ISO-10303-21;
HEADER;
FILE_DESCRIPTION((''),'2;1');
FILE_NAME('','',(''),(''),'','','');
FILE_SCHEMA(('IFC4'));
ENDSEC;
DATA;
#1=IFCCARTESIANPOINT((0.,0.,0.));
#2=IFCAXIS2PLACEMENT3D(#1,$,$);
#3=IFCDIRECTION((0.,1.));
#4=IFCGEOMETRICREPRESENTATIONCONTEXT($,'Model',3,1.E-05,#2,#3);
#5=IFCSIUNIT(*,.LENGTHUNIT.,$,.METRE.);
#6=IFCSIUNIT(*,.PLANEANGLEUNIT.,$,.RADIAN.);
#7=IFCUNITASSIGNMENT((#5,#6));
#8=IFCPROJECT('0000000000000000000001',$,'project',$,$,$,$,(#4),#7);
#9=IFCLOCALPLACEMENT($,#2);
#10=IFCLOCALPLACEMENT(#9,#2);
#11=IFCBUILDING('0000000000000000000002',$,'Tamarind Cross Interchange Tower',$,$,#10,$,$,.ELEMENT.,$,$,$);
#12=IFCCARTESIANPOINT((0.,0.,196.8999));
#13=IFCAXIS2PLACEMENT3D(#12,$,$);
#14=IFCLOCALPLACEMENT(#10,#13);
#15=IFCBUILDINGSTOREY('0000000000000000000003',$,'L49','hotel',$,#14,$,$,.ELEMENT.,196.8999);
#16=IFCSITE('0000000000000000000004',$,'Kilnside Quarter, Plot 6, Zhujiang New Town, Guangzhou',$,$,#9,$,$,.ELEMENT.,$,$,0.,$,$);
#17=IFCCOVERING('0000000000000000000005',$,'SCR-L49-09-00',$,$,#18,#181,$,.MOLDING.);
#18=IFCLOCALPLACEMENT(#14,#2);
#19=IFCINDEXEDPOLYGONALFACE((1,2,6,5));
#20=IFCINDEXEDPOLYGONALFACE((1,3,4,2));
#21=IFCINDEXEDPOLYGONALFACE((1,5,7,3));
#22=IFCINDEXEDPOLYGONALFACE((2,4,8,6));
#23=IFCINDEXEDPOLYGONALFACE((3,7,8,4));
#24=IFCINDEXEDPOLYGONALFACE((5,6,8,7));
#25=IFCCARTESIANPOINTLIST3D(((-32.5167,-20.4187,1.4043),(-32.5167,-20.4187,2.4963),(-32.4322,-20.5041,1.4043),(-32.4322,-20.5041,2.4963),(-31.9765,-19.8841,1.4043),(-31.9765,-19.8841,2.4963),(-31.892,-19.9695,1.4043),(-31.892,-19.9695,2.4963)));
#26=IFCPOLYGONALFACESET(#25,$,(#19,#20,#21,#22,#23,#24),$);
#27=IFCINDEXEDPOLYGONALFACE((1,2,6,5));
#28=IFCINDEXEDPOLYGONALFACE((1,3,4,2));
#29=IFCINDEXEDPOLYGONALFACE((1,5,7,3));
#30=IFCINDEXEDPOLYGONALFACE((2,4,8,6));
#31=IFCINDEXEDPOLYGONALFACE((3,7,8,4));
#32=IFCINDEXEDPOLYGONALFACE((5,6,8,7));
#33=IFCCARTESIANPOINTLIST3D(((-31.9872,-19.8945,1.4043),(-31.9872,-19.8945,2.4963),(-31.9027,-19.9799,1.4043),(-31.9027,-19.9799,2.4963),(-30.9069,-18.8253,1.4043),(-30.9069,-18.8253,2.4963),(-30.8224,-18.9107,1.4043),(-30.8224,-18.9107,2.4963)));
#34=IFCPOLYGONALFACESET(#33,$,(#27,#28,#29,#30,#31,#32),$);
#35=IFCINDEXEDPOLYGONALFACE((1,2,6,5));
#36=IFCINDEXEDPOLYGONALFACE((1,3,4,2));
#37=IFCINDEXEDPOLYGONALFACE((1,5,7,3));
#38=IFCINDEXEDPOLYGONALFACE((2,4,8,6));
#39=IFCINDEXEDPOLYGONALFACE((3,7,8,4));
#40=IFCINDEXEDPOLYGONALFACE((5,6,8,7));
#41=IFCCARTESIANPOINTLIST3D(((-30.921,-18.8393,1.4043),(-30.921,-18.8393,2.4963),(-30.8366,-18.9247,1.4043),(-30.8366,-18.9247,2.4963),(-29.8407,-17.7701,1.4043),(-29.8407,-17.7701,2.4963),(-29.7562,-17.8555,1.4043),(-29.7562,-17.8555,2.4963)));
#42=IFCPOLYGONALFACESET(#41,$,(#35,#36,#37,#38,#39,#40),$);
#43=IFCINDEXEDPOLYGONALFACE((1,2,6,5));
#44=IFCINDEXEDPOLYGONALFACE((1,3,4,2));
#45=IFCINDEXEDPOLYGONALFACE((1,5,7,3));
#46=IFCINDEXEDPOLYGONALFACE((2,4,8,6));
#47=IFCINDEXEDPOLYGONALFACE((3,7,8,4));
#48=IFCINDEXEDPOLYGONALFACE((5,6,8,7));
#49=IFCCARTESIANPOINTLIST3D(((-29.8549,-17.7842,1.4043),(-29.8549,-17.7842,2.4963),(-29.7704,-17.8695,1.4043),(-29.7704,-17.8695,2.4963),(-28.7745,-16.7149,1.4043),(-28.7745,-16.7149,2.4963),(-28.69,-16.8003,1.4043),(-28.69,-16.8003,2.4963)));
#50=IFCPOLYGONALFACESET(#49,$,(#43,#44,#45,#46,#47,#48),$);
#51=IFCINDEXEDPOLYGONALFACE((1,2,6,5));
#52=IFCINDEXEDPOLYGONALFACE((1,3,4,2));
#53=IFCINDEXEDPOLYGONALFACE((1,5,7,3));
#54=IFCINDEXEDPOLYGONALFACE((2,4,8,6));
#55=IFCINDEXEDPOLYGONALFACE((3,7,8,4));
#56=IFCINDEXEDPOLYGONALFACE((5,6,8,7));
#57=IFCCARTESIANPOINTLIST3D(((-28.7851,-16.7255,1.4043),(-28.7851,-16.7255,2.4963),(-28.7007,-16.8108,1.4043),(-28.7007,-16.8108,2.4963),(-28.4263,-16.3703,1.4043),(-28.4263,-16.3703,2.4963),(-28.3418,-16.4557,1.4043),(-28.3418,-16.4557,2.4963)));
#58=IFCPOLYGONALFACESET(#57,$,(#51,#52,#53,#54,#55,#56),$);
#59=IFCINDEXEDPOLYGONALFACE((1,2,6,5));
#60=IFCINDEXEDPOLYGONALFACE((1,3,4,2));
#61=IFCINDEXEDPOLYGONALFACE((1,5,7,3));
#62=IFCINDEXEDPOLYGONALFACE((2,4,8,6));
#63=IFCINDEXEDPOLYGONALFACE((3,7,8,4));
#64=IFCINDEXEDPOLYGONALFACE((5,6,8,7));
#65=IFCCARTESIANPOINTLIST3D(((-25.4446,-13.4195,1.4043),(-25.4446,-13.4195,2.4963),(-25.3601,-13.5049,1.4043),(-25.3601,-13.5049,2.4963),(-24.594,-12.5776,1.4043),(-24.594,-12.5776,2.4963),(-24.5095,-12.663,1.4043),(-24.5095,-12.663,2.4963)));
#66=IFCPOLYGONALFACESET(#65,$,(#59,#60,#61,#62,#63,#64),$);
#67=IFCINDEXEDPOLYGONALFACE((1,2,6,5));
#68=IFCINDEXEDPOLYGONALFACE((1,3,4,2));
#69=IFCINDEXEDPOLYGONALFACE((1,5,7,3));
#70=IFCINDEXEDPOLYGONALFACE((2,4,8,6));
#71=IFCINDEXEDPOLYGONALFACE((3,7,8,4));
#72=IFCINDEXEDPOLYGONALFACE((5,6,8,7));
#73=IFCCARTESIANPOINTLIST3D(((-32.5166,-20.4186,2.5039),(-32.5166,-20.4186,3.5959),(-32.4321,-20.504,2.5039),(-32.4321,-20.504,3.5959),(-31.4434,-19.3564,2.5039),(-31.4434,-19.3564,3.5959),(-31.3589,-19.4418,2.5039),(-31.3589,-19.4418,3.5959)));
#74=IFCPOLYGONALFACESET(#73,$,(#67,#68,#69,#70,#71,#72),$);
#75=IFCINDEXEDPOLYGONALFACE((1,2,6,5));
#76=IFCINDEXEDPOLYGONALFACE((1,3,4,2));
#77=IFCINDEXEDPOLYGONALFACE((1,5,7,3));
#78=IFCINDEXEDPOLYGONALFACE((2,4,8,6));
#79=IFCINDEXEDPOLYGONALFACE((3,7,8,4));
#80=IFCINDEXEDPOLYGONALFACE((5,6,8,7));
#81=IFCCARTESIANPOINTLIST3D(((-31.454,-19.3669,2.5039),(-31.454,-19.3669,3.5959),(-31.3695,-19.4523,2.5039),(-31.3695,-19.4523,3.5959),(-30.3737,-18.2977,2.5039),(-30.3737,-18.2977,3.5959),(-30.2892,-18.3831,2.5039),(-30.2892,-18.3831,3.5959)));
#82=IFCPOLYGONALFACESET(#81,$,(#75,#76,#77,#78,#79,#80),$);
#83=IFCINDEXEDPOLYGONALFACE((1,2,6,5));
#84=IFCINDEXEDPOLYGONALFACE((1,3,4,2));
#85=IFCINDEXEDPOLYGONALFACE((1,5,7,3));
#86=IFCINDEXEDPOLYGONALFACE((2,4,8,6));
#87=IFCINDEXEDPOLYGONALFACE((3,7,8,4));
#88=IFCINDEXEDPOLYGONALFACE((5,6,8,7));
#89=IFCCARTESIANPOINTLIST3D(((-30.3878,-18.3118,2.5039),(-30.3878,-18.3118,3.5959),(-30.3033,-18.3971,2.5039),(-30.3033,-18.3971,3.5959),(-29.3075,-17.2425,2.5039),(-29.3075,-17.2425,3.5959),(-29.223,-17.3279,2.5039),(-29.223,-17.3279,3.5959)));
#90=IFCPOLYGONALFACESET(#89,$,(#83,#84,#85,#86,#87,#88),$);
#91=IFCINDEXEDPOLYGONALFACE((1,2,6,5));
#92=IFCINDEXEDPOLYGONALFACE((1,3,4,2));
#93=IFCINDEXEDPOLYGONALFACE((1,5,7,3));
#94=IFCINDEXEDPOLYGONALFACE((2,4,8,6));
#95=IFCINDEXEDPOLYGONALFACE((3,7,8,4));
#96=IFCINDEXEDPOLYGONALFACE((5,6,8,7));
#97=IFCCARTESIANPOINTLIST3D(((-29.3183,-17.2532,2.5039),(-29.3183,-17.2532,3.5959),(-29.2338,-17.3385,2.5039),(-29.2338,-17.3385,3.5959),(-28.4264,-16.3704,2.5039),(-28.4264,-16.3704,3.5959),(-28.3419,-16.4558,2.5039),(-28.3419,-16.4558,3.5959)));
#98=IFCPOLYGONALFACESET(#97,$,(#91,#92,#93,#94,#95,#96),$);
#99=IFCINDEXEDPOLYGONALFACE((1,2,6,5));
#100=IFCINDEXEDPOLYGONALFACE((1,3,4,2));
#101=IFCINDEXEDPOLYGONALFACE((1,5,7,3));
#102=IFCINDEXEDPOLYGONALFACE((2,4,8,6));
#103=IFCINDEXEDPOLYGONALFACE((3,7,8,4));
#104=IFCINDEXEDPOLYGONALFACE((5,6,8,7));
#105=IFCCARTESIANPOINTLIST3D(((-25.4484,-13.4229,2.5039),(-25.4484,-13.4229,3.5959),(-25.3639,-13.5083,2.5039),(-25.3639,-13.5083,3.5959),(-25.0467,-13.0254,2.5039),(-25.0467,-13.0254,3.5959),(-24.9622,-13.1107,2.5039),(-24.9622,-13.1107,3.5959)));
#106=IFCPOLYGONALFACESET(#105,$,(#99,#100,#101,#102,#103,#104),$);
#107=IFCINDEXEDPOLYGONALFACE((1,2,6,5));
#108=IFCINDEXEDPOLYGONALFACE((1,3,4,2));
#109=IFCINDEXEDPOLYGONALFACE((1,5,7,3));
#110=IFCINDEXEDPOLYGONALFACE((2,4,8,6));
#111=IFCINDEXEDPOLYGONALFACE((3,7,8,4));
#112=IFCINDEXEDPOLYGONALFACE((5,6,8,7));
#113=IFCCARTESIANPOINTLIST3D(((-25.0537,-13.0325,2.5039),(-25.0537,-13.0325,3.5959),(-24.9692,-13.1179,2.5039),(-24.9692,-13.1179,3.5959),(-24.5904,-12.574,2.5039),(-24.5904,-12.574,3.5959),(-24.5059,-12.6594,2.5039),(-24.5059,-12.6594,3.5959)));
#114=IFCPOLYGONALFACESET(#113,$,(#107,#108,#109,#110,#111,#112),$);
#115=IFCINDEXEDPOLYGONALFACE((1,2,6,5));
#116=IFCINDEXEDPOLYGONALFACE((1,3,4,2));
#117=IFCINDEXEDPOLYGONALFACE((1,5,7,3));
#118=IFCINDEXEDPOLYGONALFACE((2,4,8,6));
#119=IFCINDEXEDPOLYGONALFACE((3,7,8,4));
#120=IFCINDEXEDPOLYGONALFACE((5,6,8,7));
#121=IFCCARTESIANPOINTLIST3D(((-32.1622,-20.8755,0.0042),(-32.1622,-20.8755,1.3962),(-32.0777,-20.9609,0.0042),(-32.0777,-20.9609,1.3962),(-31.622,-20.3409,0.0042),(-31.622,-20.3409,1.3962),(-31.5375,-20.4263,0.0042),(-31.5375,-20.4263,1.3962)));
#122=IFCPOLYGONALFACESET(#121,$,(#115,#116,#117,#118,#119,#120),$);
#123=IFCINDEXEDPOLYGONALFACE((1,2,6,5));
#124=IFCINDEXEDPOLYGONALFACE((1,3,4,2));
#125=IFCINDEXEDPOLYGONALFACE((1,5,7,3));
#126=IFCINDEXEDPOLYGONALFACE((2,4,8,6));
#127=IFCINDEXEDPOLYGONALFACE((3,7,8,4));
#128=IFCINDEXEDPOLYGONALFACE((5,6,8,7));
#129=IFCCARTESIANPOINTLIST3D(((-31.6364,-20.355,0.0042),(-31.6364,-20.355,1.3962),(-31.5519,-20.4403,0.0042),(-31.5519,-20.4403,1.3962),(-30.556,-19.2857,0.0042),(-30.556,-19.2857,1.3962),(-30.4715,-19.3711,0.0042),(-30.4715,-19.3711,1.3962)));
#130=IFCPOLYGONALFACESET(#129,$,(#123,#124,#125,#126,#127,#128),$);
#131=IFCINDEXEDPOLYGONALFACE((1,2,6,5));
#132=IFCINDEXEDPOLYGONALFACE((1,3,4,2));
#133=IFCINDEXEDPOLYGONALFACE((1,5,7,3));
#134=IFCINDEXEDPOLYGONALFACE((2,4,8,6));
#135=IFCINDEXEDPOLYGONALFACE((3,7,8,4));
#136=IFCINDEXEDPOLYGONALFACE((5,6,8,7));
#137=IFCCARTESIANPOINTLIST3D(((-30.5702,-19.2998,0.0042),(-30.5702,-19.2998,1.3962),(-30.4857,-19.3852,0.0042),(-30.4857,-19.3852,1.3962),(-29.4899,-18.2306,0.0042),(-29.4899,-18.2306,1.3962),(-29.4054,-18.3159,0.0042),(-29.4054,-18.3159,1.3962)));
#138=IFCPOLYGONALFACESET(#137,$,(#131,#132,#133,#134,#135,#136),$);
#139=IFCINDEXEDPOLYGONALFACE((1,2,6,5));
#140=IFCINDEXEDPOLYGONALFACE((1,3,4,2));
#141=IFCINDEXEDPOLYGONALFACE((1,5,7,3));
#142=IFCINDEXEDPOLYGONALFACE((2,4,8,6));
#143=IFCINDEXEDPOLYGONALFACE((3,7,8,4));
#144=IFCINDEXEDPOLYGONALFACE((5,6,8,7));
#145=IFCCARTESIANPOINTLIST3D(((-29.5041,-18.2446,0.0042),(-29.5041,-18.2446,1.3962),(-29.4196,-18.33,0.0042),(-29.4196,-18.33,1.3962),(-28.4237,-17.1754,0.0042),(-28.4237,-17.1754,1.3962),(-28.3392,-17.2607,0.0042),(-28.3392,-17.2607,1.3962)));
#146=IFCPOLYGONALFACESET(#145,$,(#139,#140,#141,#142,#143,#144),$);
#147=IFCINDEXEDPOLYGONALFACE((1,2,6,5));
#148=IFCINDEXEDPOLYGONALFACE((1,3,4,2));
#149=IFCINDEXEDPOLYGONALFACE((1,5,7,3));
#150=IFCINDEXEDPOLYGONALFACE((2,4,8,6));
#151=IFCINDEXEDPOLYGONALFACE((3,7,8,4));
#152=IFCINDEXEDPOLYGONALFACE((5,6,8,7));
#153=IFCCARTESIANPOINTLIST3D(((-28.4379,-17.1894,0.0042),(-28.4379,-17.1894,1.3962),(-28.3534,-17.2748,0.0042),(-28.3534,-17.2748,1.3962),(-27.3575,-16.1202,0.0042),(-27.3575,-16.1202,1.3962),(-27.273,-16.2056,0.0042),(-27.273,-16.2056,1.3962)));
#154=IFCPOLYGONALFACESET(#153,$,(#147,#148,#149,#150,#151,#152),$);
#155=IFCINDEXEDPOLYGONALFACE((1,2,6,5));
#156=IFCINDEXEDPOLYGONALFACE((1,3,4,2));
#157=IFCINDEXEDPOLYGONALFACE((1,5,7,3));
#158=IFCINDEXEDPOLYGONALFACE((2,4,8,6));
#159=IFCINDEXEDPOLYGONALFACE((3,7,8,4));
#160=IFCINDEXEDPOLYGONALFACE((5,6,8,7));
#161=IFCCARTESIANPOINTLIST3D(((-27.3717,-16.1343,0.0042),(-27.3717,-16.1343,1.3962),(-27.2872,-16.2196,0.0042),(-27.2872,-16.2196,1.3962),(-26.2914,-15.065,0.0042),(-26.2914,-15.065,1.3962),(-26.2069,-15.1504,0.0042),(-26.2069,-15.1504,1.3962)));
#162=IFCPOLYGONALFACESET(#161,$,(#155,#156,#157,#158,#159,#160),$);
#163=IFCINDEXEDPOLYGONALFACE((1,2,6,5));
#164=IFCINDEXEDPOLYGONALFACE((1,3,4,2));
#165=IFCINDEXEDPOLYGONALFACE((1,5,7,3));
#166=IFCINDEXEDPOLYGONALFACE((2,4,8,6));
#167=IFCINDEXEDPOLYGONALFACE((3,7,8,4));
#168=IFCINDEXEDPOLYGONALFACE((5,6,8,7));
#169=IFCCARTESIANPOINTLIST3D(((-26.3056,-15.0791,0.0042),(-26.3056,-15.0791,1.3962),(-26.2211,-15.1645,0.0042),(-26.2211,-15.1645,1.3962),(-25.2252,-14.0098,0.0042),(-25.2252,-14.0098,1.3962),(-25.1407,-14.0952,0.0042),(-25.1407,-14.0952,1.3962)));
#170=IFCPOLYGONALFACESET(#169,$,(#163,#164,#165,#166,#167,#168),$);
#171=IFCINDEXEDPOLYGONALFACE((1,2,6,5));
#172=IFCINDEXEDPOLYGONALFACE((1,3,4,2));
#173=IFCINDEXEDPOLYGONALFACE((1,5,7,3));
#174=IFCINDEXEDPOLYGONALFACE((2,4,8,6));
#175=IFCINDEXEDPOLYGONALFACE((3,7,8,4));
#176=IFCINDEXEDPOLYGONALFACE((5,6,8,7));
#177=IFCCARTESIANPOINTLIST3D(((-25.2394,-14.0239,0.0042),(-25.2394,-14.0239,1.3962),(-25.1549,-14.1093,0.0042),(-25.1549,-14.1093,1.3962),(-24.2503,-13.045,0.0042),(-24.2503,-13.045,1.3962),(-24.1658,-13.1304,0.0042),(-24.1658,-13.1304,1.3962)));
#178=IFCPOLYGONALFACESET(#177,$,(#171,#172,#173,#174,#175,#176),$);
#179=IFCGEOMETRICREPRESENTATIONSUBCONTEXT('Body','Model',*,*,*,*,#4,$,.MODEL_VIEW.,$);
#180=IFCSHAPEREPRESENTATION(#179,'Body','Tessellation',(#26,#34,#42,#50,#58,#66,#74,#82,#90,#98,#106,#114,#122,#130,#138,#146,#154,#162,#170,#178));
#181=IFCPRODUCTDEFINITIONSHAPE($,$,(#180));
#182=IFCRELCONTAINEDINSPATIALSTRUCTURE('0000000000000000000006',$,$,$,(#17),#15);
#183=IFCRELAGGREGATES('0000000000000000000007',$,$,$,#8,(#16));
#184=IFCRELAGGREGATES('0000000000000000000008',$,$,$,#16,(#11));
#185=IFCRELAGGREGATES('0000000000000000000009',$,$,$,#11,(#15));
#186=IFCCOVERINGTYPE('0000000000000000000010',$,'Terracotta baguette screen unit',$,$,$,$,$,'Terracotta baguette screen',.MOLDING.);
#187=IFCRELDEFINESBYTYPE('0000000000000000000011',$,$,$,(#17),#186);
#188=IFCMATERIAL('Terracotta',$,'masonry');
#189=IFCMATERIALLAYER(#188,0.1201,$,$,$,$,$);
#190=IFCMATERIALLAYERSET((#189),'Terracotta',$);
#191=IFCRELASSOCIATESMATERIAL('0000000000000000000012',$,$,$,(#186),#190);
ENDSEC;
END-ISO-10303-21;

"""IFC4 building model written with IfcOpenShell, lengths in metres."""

from ifc_helpers import new_model, si_unit, direction, frame, origin, origin_2d, place, context, subcontext, project, spatial, rectangle, extrude, material, layer, layer_set, type_object, element, save


model = new_model("IFC4")

# Units and contexts
model_context = context("Model", 3, precision=1e-05, world=origin(), true_north=direction((0.0, 1.0)))
body_context = subcontext(model_context, "Body", "Model", "MODEL_VIEW")
ifc_project = project(units=[si_unit("LENGTHUNIT", "METRE"), si_unit("PLANEANGLEUNIT", "RADIAN")], contexts=[model_context])

# Site, building, storey
site_placement = place(None, origin())
site = spatial("IfcSite", under=ifc_project, at=site_placement, Name="Kilnside Quarter, Plot 6, Zhujiang New Town, Guangzhou", CompositionType="ELEMENT", RefElevation=0.0)
building_placement = place(site_placement, origin())
building = spatial("IfcBuilding", under=site, at=building_placement, Name="Tamarind Cross Interchange Tower", CompositionType="ELEMENT")
storey_placement = place(building_placement, frame((0.0, 0.0, 196.8999)))
storey = spatial("IfcBuildingStorey", under=building, at=storey_placement, Name="L49", Description="hotel", CompositionType="ELEMENT", Elevation=196.8999)

# Covering
ifc_material_1 = material(Name="Terracotta", Category="masonry")
ifc_layer_1 = layer(ifc_material_1, 0.1201)
ifc_layer_set_1 = layer_set([ifc_layer_1], Name="Terracotta")
covering_type = type_object("IfcCoveringType", Name="Terracotta baguette screen unit", ElementType="Terracotta baguette screen", PredefinedType="MOLDING", material=ifc_layer_set_1)
covering_1_placement = place(storey_placement, origin())
element("IfcCovering", 1, at=covering_1_placement, inside=storey, type_object=covering_type, Name="SCR-L49-09-00", PredefinedType="MOLDING", context=body_context, shape_type="SweptSolid", body=[
    extrude(rectangle(XDim=0.76, YDim=0.1201, at=origin_2d()), frame((-32.2043, -20.1941, 1.4043), z_axis=(0.0, 0.0, 1.0), x_axis=(0.710751, 0.703444, 0.0)), (0.0, 0.0, 1.0), 1.092),
    extrude(rectangle(XDim=1.52, YDim=0.1201, at=origin_2d()), frame((-31.4048, -19.4026, 1.4043), z_axis=(0.0, 0.0, 1.0), x_axis=(0.710751, 0.703444, 0.0)), (0.0, 0.0, 1.0), 1.092),
    extrude(rectangle(XDim=1.52, YDim=0.1201, at=origin_2d()), frame((-30.3386, -18.3474, 1.4043), z_axis=(0.0, 0.0, 1.0), x_axis=(0.710751, 0.703444, 0.0)), (0.0, 0.0, 1.0), 1.092),
    extrude(rectangle(XDim=1.52, YDim=0.1201, at=origin_2d()), frame((-29.2725, -17.2922, 1.4043), z_axis=(0.0, 0.0, 1.0), x_axis=(0.710751, 0.703444, 0.0)), (0.0, 0.0, 1.0), 1.092),
    extrude(rectangle(XDim=0.5049, YDim=0.1201, at=origin_2d()), frame((-28.5635, -16.5906, 1.4043), z_axis=(0.0, 0.0, 1.0), x_axis=(0.710751, 0.703444, 0.0)), (0.0, 0.0, 1.0), 1.092),
    extrude(rectangle(XDim=1.1968, YDim=0.1201, at=origin_2d()), frame((-24.9771, -13.0413, 1.4043), z_axis=(0.0, 0.0, 1.0), x_axis=(0.710751, 0.703444, 0.0)), (0.0, 0.0, 1.0), 1.092),
    extrude(rectangle(XDim=1.51, YDim=0.1201, at=origin_2d()), frame((-31.9377, -19.9302, 2.5039), z_axis=(0.0, 0.0, 1.0), x_axis=(0.710751, 0.703444, 0.0)), (0.0, 0.0, 1.0), 1.092),
    extrude(rectangle(XDim=1.52, YDim=0.1201, at=origin_2d()), frame((-30.8716, -18.875, 2.5039), z_axis=(0.0, 0.0, 1.0), x_axis=(0.710751, 0.703444, 0.0)), (0.0, 0.0, 1.0), 1.092),
    extrude(rectangle(XDim=1.52, YDim=0.1201, at=origin_2d()), frame((-29.8054, -17.8198, 2.5039), z_axis=(0.0, 0.0, 1.0), x_axis=(0.710751, 0.703444, 0.0)), (0.0, 0.0, 1.0), 1.092),
    extrude(rectangle(XDim=1.2549, YDim=0.1201, at=origin_2d()), frame((-28.8301, -16.8545, 2.5039), z_axis=(0.0, 0.0, 1.0), x_axis=(0.710751, 0.703444, 0.0)), (0.0, 0.0, 1.0), 1.092),
    extrude(rectangle(XDim=0.5652, YDim=0.1201, at=origin_2d()), frame((-25.2053, -13.2668, 2.5039), z_axis=(0.0, 0.0, 1.0), x_axis=(0.710751, 0.703444, 0.0)), (0.0, 0.0, 1.0), 1.092),
    extrude(rectangle(XDim=0.6519, YDim=0.1201, at=origin_2d()), frame((-24.7798, -12.8459, 2.5039), z_axis=(0.0, 0.0, 1.0), x_axis=(0.710751, 0.703444, 0.0)), (0.0, 0.0, 1.0), 1.092),
    extrude(rectangle(XDim=0.76, YDim=0.1201, at=origin_2d()), frame((-31.8499, -20.6509, 0.0042), z_axis=(0.0, 0.0, 1.0), x_axis=(0.710751, 0.703444, 0.0)), (0.0, 0.0, 1.0), 1.3921),
    extrude(rectangle(XDim=1.52, YDim=0.1201, at=origin_2d()), frame((-31.054, -19.863, 0.0042), z_axis=(0.0, 0.0, 1.0), x_axis=(0.710751, 0.703444, 0.0)), (0.0, 0.0, 1.0), 1.3921),
    extrude(rectangle(XDim=1.52, YDim=0.1201, at=origin_2d()), frame((-29.9878, -18.8079, 0.0042), z_axis=(0.0, 0.0, 1.0), x_axis=(0.710751, 0.703444, 0.0)), (0.0, 0.0, 1.0), 1.3921),
    extrude(rectangle(XDim=1.52, YDim=0.1201, at=origin_2d()), frame((-28.9216, -17.7527, 0.0042), z_axis=(0.0, 0.0, 1.0), x_axis=(0.710751, 0.703444, 0.0)), (0.0, 0.0, 1.0), 1.3921),
    extrude(rectangle(XDim=1.52, YDim=0.1201, at=origin_2d()), frame((-27.8555, -16.6975, 0.0042), z_axis=(0.0, 0.0, 1.0), x_axis=(0.710751, 0.703444, 0.0)), (0.0, 0.0, 1.0), 1.3921),
    extrude(rectangle(XDim=1.52, YDim=0.1201, at=origin_2d()), frame((-26.7893, -15.6423, 0.0042), z_axis=(0.0, 0.0, 1.0), x_axis=(0.710751, 0.703444, 0.0)), (0.0, 0.0, 1.0), 1.3921),
    extrude(rectangle(XDim=1.52, YDim=0.1201, at=origin_2d()), frame((-25.7231, -14.5872, 0.0042), z_axis=(0.0, 0.0, 1.0), x_axis=(0.710751, 0.703444, 0.0)), (0.0, 0.0, 1.0), 1.3921),
    extrude(rectangle(XDim=1.3916, YDim=0.1201, at=origin_2d()), frame((-24.7026, -13.5771, 0.0042), z_axis=(0.0, 0.0, 1.0), x_axis=(0.710751, 0.703444, 0.0)), (0.0, 0.0, 1.0), 1.3921),
])

save(model, "model.ifc")
